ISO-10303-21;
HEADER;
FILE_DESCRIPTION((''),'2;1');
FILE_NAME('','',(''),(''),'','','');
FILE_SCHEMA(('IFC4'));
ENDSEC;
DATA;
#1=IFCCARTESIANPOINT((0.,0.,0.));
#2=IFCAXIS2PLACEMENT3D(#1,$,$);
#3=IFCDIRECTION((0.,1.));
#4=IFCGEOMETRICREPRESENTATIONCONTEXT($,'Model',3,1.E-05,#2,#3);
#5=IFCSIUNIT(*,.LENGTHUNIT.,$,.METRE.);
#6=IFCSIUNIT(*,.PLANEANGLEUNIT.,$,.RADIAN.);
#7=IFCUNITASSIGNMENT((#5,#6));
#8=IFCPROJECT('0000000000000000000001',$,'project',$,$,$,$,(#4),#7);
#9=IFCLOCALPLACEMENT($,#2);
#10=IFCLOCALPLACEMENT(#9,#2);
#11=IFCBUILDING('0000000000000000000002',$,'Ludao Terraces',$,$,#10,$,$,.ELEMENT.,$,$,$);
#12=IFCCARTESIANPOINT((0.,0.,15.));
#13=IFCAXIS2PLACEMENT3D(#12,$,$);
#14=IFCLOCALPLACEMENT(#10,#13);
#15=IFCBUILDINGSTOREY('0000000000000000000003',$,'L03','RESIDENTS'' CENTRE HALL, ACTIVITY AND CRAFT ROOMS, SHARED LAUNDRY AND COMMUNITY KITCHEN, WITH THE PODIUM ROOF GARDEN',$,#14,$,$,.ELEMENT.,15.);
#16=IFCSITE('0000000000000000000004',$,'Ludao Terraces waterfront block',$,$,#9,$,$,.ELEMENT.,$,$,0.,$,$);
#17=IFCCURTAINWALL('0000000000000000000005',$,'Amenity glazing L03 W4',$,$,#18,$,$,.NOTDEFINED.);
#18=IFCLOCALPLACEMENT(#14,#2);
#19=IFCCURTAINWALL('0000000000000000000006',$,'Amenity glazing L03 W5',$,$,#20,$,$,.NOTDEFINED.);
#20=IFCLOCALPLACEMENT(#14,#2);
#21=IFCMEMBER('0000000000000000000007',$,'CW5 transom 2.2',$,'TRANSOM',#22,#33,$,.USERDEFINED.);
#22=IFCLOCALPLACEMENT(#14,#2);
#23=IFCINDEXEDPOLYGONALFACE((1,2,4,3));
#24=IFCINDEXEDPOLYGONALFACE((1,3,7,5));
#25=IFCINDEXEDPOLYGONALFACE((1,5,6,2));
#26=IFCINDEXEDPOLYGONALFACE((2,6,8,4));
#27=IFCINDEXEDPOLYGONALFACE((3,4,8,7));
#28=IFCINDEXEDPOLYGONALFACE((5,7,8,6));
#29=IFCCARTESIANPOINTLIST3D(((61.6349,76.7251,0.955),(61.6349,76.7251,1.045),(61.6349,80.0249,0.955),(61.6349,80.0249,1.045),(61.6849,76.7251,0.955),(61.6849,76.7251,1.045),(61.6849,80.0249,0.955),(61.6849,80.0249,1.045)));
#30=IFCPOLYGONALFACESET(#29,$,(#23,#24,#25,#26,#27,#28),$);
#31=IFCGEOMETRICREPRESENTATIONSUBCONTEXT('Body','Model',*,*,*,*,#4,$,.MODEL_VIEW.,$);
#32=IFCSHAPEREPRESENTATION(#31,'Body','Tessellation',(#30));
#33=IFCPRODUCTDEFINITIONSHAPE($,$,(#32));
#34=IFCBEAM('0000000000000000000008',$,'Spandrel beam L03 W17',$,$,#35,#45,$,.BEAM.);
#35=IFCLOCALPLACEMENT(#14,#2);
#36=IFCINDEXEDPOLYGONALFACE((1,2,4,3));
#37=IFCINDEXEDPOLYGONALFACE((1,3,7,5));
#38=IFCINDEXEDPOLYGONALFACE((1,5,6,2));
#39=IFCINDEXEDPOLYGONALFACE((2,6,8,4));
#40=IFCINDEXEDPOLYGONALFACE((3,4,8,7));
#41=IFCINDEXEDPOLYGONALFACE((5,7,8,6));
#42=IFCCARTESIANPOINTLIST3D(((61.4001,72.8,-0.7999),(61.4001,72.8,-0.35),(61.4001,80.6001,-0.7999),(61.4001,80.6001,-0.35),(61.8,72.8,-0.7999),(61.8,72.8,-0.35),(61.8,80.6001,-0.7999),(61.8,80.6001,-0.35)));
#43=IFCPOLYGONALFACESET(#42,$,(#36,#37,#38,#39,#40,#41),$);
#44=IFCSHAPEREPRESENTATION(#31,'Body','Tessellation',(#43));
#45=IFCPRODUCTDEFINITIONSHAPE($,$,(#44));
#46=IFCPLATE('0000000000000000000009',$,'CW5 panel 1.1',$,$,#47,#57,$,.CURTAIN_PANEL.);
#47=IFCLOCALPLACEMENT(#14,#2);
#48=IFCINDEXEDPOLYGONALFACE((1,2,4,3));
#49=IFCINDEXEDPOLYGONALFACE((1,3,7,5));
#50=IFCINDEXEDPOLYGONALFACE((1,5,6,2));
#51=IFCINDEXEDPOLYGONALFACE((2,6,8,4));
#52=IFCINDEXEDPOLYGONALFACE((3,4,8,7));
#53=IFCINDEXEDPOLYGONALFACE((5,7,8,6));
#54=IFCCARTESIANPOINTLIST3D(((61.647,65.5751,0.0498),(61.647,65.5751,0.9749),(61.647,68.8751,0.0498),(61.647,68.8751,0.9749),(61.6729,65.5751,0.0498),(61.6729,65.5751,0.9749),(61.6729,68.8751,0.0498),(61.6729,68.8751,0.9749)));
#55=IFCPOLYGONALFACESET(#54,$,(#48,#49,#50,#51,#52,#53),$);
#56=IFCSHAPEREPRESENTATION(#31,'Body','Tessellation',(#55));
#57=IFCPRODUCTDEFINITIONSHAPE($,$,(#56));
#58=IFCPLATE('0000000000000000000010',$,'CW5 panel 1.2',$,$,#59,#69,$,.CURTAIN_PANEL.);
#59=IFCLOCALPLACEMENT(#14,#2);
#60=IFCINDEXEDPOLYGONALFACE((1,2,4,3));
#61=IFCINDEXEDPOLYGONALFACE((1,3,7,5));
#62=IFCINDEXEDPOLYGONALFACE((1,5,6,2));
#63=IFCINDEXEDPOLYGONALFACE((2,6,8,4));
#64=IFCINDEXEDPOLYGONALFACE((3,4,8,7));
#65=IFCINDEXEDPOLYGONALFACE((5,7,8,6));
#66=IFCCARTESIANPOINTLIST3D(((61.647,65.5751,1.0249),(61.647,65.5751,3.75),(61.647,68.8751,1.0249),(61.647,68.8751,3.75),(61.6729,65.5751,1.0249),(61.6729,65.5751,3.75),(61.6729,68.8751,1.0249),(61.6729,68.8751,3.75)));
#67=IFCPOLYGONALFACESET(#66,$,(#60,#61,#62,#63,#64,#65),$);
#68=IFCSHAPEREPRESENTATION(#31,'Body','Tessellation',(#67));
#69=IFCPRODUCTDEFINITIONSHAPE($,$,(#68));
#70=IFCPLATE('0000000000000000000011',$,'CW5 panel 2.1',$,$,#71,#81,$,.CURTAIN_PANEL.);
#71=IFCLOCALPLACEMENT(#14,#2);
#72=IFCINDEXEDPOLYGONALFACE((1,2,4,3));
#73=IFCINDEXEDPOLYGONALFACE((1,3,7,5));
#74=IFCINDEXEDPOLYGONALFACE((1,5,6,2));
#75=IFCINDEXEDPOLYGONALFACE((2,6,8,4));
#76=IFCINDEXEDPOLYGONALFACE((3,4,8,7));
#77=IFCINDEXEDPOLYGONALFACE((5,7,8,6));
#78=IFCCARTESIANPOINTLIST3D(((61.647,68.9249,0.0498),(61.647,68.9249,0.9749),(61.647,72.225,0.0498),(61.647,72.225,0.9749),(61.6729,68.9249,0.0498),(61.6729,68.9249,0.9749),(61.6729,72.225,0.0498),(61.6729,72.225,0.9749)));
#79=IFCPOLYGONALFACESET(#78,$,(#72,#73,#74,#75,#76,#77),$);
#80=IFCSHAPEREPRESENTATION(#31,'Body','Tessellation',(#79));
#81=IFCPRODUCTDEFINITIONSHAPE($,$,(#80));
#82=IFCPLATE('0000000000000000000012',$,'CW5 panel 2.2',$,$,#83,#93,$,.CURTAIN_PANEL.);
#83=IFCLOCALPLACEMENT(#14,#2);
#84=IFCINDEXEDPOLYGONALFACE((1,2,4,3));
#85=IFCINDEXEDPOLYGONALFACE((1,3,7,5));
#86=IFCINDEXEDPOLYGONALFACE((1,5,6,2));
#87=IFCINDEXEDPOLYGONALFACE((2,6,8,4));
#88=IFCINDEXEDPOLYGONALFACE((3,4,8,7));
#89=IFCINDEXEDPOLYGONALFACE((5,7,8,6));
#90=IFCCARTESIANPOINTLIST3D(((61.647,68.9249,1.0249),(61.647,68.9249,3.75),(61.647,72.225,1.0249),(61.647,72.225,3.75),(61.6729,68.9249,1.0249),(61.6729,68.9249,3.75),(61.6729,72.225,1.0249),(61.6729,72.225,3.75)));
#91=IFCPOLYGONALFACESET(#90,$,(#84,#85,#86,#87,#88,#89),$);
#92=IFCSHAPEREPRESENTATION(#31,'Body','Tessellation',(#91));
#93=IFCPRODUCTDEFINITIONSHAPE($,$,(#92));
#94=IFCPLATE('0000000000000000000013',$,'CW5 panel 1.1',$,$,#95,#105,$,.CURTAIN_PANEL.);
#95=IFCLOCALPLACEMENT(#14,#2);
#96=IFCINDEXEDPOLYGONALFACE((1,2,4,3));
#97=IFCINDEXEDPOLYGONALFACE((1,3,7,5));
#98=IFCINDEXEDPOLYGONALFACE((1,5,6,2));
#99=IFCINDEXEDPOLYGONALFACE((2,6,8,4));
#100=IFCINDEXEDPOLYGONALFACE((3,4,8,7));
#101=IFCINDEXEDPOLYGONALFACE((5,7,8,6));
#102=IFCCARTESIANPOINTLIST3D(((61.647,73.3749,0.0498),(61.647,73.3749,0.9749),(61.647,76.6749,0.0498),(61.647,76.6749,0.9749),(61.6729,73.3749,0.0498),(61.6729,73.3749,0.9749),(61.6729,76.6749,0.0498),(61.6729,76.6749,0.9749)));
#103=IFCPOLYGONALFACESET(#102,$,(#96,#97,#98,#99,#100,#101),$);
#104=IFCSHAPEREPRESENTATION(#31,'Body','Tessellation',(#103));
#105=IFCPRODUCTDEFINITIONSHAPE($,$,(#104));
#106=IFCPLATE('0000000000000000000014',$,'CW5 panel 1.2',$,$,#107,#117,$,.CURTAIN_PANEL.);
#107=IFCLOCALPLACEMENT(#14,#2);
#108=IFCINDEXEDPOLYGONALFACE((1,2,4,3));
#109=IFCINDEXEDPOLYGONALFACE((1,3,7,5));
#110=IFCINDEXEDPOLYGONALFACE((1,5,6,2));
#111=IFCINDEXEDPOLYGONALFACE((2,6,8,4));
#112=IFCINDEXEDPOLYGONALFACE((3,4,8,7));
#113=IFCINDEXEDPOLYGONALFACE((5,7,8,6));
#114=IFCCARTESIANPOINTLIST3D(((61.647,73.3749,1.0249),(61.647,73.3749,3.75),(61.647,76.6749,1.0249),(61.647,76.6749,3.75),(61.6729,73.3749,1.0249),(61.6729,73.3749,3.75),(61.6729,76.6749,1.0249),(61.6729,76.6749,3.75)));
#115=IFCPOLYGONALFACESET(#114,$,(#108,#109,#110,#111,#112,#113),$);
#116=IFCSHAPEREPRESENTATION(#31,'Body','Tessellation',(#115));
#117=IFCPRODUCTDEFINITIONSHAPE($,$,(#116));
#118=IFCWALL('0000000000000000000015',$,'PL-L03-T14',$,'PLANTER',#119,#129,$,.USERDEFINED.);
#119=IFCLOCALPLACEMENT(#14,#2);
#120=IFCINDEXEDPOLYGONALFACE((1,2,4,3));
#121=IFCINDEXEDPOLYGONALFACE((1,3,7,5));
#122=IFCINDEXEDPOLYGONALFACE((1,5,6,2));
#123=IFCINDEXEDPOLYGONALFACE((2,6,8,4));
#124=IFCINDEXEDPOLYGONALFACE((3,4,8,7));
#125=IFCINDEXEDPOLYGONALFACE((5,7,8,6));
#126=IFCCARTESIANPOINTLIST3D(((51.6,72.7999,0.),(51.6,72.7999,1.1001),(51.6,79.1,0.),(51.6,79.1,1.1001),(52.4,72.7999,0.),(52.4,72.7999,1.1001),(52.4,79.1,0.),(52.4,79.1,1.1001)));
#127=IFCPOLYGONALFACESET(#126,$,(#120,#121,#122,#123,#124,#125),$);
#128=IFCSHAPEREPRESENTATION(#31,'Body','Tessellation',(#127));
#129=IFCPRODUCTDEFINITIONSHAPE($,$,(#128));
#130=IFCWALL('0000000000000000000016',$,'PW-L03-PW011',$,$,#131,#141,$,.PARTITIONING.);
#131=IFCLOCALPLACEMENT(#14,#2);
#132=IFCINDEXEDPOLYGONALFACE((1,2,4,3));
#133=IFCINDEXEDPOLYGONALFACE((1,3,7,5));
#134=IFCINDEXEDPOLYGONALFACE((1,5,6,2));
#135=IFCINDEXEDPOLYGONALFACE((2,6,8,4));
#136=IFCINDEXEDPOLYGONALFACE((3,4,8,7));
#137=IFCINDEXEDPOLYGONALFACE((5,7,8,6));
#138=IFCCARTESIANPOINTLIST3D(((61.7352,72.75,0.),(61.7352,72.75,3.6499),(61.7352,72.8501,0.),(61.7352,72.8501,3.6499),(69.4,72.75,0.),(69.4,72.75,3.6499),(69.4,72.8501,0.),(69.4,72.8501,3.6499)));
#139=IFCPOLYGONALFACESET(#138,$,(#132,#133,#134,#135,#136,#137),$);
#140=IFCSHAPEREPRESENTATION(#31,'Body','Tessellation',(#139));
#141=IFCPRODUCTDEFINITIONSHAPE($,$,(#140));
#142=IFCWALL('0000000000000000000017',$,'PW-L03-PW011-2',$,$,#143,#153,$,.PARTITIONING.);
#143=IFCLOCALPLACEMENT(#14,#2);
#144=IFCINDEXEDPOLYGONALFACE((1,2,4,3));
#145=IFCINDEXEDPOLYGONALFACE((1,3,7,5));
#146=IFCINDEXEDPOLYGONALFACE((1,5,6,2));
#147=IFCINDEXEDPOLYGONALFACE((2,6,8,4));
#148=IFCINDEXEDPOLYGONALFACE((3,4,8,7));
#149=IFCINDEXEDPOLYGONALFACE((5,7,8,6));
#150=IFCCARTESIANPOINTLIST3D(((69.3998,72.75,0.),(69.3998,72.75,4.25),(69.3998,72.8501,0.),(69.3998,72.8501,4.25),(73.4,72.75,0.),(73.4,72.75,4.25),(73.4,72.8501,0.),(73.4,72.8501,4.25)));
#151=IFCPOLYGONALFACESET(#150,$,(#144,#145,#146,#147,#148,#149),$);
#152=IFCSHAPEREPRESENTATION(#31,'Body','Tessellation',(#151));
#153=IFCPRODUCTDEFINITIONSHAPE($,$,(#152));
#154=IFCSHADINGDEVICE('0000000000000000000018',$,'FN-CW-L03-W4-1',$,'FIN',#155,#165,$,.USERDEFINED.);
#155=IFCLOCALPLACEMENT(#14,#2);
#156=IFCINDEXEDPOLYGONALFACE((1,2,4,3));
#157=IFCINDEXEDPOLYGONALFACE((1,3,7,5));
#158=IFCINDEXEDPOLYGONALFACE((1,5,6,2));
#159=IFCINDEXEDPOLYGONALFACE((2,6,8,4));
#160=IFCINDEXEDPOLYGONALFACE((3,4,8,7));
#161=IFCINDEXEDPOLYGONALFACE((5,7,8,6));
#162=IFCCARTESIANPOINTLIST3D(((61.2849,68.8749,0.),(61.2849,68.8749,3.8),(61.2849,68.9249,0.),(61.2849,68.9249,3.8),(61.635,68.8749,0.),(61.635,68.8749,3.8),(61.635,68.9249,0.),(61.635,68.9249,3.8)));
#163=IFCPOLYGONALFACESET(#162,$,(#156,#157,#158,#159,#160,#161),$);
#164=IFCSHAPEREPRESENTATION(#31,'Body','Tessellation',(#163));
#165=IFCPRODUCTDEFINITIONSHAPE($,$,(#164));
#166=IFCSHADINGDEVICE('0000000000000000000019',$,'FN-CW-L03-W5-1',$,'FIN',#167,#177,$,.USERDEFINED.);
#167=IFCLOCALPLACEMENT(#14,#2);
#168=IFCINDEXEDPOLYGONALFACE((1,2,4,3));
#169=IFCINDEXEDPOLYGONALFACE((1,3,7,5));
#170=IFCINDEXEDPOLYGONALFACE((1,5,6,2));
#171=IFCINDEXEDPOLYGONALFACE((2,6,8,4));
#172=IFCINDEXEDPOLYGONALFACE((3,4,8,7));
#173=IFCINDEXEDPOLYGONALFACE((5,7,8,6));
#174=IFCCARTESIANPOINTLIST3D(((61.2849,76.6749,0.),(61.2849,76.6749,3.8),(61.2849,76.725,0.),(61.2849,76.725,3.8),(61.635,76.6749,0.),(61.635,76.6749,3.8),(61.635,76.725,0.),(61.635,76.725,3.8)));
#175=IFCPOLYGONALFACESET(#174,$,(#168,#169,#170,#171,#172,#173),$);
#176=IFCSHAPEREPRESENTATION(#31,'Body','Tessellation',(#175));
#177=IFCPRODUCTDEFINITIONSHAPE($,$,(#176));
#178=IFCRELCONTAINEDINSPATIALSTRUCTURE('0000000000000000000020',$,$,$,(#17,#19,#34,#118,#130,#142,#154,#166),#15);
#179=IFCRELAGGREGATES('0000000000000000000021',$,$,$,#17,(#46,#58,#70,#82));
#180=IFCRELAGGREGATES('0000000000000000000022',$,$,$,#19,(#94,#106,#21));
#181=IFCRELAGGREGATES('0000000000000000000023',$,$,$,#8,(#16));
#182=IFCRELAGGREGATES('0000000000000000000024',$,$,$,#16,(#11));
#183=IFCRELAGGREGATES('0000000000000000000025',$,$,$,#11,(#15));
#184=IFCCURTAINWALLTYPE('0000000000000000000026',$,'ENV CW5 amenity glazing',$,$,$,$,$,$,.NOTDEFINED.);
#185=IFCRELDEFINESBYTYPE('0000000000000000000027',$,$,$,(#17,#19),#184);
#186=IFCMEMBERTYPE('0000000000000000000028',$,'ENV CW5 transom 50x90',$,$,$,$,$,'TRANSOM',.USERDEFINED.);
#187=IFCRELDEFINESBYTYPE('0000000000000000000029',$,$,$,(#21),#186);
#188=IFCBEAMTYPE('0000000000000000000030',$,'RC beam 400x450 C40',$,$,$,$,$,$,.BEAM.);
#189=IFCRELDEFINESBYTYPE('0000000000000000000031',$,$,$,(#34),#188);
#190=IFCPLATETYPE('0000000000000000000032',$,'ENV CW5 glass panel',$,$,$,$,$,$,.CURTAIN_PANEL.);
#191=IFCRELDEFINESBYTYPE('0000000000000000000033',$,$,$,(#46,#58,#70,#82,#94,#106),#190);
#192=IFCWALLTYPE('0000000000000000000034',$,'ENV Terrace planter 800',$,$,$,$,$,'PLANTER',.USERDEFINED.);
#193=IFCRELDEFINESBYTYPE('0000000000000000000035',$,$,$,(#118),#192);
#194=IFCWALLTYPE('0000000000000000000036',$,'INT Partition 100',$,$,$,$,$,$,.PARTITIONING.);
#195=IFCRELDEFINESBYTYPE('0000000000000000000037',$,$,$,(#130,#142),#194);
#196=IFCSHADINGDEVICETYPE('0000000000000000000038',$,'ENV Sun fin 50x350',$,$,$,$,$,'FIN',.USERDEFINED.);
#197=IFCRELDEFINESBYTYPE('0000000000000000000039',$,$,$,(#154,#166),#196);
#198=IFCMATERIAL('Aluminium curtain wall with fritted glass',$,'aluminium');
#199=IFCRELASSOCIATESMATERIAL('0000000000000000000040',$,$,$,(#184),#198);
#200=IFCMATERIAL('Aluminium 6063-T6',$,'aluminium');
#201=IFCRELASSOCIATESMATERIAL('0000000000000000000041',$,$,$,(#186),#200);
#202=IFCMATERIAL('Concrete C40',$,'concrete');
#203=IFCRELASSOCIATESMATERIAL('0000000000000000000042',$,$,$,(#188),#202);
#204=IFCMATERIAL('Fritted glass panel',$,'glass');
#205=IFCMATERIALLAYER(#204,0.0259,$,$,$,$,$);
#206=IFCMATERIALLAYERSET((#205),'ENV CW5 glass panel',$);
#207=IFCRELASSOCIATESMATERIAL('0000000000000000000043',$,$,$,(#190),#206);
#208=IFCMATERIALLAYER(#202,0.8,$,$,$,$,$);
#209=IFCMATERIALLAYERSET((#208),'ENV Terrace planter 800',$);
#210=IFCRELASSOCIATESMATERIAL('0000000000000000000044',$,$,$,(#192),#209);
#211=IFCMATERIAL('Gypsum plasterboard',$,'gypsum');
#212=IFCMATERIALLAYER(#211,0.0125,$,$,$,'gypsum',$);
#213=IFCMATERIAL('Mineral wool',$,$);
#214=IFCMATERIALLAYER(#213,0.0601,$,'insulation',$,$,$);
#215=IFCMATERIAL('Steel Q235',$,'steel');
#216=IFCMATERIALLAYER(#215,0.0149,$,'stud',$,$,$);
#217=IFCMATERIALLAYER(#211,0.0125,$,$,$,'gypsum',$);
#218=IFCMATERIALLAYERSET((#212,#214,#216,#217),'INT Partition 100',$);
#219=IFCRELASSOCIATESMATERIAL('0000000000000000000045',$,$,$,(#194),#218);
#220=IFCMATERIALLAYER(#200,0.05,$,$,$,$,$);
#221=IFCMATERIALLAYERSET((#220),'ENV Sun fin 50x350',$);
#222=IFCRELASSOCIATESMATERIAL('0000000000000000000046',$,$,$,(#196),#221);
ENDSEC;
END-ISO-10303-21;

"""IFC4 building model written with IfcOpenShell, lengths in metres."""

from ifc_helpers import new_model, si_unit, direction, frame, frame_2d, origin, origin_2d, place, context, subcontext, project, spatial, rectangle, extrude, material, layer, layer_set, material_profile, profile_set, type_object, element, aggregate, save


model = new_model("IFC4")

# Units and contexts
model_context = context("Model", 3, precision=1e-05, world=origin(), true_north=direction((0.0, 1.0)))
body_context = subcontext(model_context, "Body", "Model", "MODEL_VIEW")
ifc_project = project(units=[si_unit("LENGTHUNIT", "METRE"), si_unit("PLANEANGLEUNIT", "RADIAN")], contexts=[model_context])

# Site, building, storey
site_placement = place(None, origin())
site = spatial("IfcSite", under=ifc_project, at=site_placement, Name="Ludao Terraces waterfront block", CompositionType="ELEMENT", RefElevation=0.0)
building_placement = place(site_placement, origin())
building = spatial("IfcBuilding", under=site, at=building_placement, Name="Ludao Terraces", CompositionType="ELEMENT")
storey_placement = place(building_placement, frame((0.0, 0.0, 15.0)))
storey = spatial("IfcBuildingStorey", under=building, at=storey_placement, Name="L03", Description="RESIDENTS' CENTRE HALL, ACTIVITY AND CRAFT ROOMS, SHARED LAUNDRY AND COMMUNITY KITCHEN, WITH THE PODIUM ROOF GARDEN", CompositionType="ELEMENT", Elevation=15.0)

# Curtain walls
ifc_material_1 = material(Name="Aluminium curtain wall with fritted glass", Category="aluminium")
curtain_wall_type = type_object("IfcCurtainWallType", Name="ENV CW5 amenity glazing", PredefinedType="NOTDEFINED", material=ifc_material_1)
curtain_wall_1_placement = place(storey_placement, origin())
curtain_wall_1 = element("IfcCurtainWall", 1, at=curtain_wall_1_placement, inside=storey, type_object=curtain_wall_type, Name="Amenity glazing L03 W4", PredefinedType="NOTDEFINED")
ifc_material_2 = material(Name="Aluminium 6063-T6", Category="aluminium")
curtain_wall_2_placement = place(storey_placement, origin())
curtain_wall_2 = element("IfcCurtainWall", 2, at=curtain_wall_2_placement, inside=storey, type_object=curtain_wall_type, Name="Amenity glazing L03 W5", PredefinedType="NOTDEFINED")

# Member
ifc_material_profile_1 = material_profile(ifc_material_2, rectangle(XDim=0.05, YDim=0.0901, at=origin_2d()), Name="50 X 90")
ifc_profile_set_1 = profile_set([ifc_material_profile_1], Name="Aluminium 6063-T6")
member_type_1 = type_object("IfcMemberType", Name="ENV CW5 transom 50x90", ElementType="TRANSOM", PredefinedType="USERDEFINED", material=ifc_profile_set_1)
member_1_placement = place(storey_placement, frame((61.6599, 76.7251, 1.0), z_axis=(0.0, 1.0, 0.0), x_axis=(-1.0, 0.0, 0.0)))
member_1 = element("IfcMember", 3, at=member_1_placement, type_object=member_type_1, Name="CW5 transom 2.2", ObjectType="TRANSOM", PredefinedType="USERDEFINED", context=body_context, shape_type="SweptSolid", body=[
    extrude(rectangle(XDim=0.05, YDim=0.0901, at=origin_2d()), origin(), (0.0, 0.0, 1.0), 3.2998),
])

# Beam
ifc_material_3 = material(Name="Concrete C40", Category="concrete")
ifc_material_profile_2 = material_profile(ifc_material_3, rectangle(XDim=0.3999, YDim=0.45, at=origin_2d()), Name="400 X 450")
ifc_profile_set_2 = profile_set([ifc_material_profile_2], Name="Concrete C40")
beam_type = type_object("IfcBeamType", Name="RC beam 400x450 C40", PredefinedType="BEAM", material=ifc_profile_set_2)
beam_placement = place(storey_placement, frame((61.6001, 72.8, -0.575), z_axis=(0.0, 1.0, 0.0), x_axis=(-1.0, 0.0, 0.0)))
element("IfcBeam", 4, at=beam_placement, inside=storey, type_object=beam_type, Name="Spandrel beam L03 W17", PredefinedType="BEAM", context=body_context, shape_type="SweptSolid", body=[
    extrude(rectangle(XDim=0.3999, YDim=0.45, at=origin_2d()), origin(), (0.0, 0.0, 1.0), 7.8),
])

# Plates
ifc_material_4 = material(Name="Fritted glass panel", Category="glass")
ifc_layer_1 = layer(ifc_material_4, 0.0259)
ifc_layer_set_1 = layer_set([ifc_layer_1], Name="ENV CW5 glass panel")
plate_type = type_object("IfcPlateType", Name="ENV CW5 glass panel", PredefinedType="CURTAIN_PANEL", material=ifc_layer_set_1)
plate_1_placement = place(storey_placement, frame((61.6599, 67.2251, 0.0498), z_axis=(0.0, 0.0, 1.0), x_axis=(0.0, 1.0, 0.0)))
plate_1 = element("IfcPlate", 5, at=plate_1_placement, type_object=plate_type, Name="CW5 panel 1.1", PredefinedType="CURTAIN_PANEL", context=body_context, shape_type="SweptSolid", body=[
    extrude(rectangle(XDim=3.3, YDim=0.0259, at=origin_2d()), origin(), (0.0, 0.0, 1.0), 0.925),
])
plate_2_placement = place(storey_placement, frame((61.6599, 67.2251, 1.0249), z_axis=(0.0, 0.0, 1.0), x_axis=(0.0, 1.0, 0.0)))
plate_2 = element("IfcPlate", 6, at=plate_2_placement, type_object=plate_type, Name="CW5 panel 1.2", PredefinedType="CURTAIN_PANEL", context=body_context, shape_type="SweptSolid", body=[
    extrude(rectangle(XDim=3.3, YDim=0.0259, at=origin_2d()), origin(), (0.0, 0.0, 1.0), 2.7251),
])
plate_3_placement = place(storey_placement, frame((61.6599, 70.575, 0.0498), z_axis=(0.0, 0.0, 1.0), x_axis=(0.0, 1.0, 0.0)))
plate_3 = element("IfcPlate", 7, at=plate_3_placement, type_object=plate_type, Name="CW5 panel 2.1", PredefinedType="CURTAIN_PANEL", context=body_context, shape_type="SweptSolid", body=[
    extrude(rectangle(XDim=3.3, YDim=0.0259, at=origin_2d()), origin(), (0.0, 0.0, 1.0), 0.925),
])
plate_4_placement = place(storey_placement, frame((61.6599, 70.575, 1.0249), z_axis=(0.0, 0.0, 1.0), x_axis=(0.0, 1.0, 0.0)))
plate_4 = element("IfcPlate", 8, at=plate_4_placement, type_object=plate_type, Name="CW5 panel 2.2", PredefinedType="CURTAIN_PANEL", context=body_context, shape_type="SweptSolid", body=[
    extrude(rectangle(XDim=3.3, YDim=0.0259, at=origin_2d()), origin(), (0.0, 0.0, 1.0), 2.7251),
])
aggregate(curtain_wall_1, [plate_1, plate_2, plate_3, plate_4])
plate_5_placement = place(storey_placement, frame((61.6599, 75.0249, 0.0498), z_axis=(0.0, 0.0, 1.0), x_axis=(0.0, 1.0, 0.0)))
plate_5 = element("IfcPlate", 9, at=plate_5_placement, type_object=plate_type, Name="CW5 panel 1.1", PredefinedType="CURTAIN_PANEL", context=body_context, shape_type="SweptSolid", body=[
    extrude(rectangle(XDim=3.3, YDim=0.0259, at=origin_2d()), origin(), (0.0, 0.0, 1.0), 0.925),
])
plate_6_placement = place(storey_placement, frame((61.6599, 75.0249, 1.0249), z_axis=(0.0, 0.0, 1.0), x_axis=(0.0, 1.0, 0.0)))
plate_6 = element("IfcPlate", 10, at=plate_6_placement, type_object=plate_type, Name="CW5 panel 1.2", PredefinedType="CURTAIN_PANEL", context=body_context, shape_type="SweptSolid", body=[
    extrude(rectangle(XDim=3.3, YDim=0.0259, at=origin_2d()), origin(), (0.0, 0.0, 1.0), 2.7251),
])
aggregate(curtain_wall_2, [plate_5, plate_6, member_1])

# Walls
ifc_layer_2 = layer(ifc_material_3, 0.8)
ifc_layer_set_2 = layer_set([ifc_layer_2], Name="ENV Terrace planter 800")
wall_type_1 = type_object("IfcWallType", Name="ENV Terrace planter 800", ElementType="PLANTER", PredefinedType="USERDEFINED", material=ifc_layer_set_2)
wall_1_placement = place(storey_placement, frame((52.0, 72.8, 0.0), z_axis=(0.0, 0.0, 1.0), x_axis=(0.0, 1.0, 0.0)))
element("IfcWall", 11, at=wall_1_placement, inside=storey, type_object=wall_type_1, Name="PL-L03-T14", ObjectType="PLANTER", PredefinedType="USERDEFINED", context=body_context, shape_type="SweptSolid", body=[
    extrude(rectangle(XDim=6.3, YDim=0.8, at=frame_2d((3.1499, 0.0))), origin(), (0.0, 0.0, 1.0), 1.1001),
])
ifc_material_5 = material(Name="Gypsum plasterboard", Category="gypsum")
ifc_layer_3 = layer(ifc_material_5, 0.0125, Category="gypsum")
ifc_material_6 = material(Name="Mineral wool")
ifc_layer_4 = layer(ifc_material_6, 0.0601, Name="insulation")
ifc_material_7 = material(Name="Steel Q235", Category="steel")
ifc_layer_5 = layer(ifc_material_7, 0.0149, Name="stud")
ifc_layer_6 = layer(ifc_material_5, 0.0125, Category="gypsum")
ifc_layer_set_3 = layer_set([ifc_layer_3, ifc_layer_4, ifc_layer_5, ifc_layer_6], Name="INT Partition 100")
wall_type_2 = type_object("IfcWallType", Name="INT Partition 100", PredefinedType="PARTITIONING", material=ifc_layer_set_3)
wall_2_placement = place(storey_placement, frame((61.7351, 72.8, 0.0), z_axis=(0.0, 0.0, 1.0), x_axis=(1.0, 0.0, 0.0)))
element("IfcWall", 12, at=wall_2_placement, inside=storey, type_object=wall_type_2, Name="PW-L03-PW011", PredefinedType="PARTITIONING", context=body_context, shape_type="SweptSolid", body=[
    extrude(rectangle(XDim=7.6648, YDim=0.1001, at=frame_2d((3.8325, 0.0))), origin(), (0.0, 0.0, 1.0), 3.6499),
])
wall_3_placement = place(storey_placement, frame((69.3999, 72.8, 0.0), z_axis=(0.0, 0.0, 1.0), x_axis=(1.0, 0.0, 0.0)))
element("IfcWall", 13, at=wall_3_placement, inside=storey, type_object=wall_type_2, Name="PW-L03-PW011-2", PredefinedType="PARTITIONING", context=body_context, shape_type="SweptSolid", body=[
    extrude(rectangle(XDim=4.0002, YDim=0.1001, at=frame_2d((2.0, 0.0))), origin(), (0.0, 0.0, 1.0), 4.25),
])

# Shading devices
ifc_layer_7 = layer(ifc_material_2, 0.05)
ifc_layer_set_4 = layer_set([ifc_layer_7], Name="ENV Sun fin 50x350")
shading_device_type = type_object("IfcShadingDeviceType", Name="ENV Sun fin 50x350", ElementType="FIN", PredefinedType="USERDEFINED", material=ifc_layer_set_4)
for number, where, z_axis, x_axis, name in (
    (14, (61.46, 68.8999, 0.0), (0.0, 0.0, 1.0), (1.0, 0.0, 0.0), "FN-CW-L03-W4-1"),
    (15, (61.46, 76.7, 0.0), (0.0, 0.0, 1.0), (1.0, 0.0, 0.0), "FN-CW-L03-W5-1"),
):
    element("IfcShadingDevice", number, at=place(storey_placement, frame(where, z_axis=z_axis, x_axis=x_axis)), inside=storey, type_object=shading_device_type, Name=name, ObjectType="FIN", PredefinedType="USERDEFINED", context=body_context, shape_type="SweptSolid", body=[
        extrude(rectangle(XDim=0.3501, YDim=0.05, at=origin_2d()), origin(), (0.0, 0.0, 1.0), 3.8),
    ])

save(model, "model.ifc")
